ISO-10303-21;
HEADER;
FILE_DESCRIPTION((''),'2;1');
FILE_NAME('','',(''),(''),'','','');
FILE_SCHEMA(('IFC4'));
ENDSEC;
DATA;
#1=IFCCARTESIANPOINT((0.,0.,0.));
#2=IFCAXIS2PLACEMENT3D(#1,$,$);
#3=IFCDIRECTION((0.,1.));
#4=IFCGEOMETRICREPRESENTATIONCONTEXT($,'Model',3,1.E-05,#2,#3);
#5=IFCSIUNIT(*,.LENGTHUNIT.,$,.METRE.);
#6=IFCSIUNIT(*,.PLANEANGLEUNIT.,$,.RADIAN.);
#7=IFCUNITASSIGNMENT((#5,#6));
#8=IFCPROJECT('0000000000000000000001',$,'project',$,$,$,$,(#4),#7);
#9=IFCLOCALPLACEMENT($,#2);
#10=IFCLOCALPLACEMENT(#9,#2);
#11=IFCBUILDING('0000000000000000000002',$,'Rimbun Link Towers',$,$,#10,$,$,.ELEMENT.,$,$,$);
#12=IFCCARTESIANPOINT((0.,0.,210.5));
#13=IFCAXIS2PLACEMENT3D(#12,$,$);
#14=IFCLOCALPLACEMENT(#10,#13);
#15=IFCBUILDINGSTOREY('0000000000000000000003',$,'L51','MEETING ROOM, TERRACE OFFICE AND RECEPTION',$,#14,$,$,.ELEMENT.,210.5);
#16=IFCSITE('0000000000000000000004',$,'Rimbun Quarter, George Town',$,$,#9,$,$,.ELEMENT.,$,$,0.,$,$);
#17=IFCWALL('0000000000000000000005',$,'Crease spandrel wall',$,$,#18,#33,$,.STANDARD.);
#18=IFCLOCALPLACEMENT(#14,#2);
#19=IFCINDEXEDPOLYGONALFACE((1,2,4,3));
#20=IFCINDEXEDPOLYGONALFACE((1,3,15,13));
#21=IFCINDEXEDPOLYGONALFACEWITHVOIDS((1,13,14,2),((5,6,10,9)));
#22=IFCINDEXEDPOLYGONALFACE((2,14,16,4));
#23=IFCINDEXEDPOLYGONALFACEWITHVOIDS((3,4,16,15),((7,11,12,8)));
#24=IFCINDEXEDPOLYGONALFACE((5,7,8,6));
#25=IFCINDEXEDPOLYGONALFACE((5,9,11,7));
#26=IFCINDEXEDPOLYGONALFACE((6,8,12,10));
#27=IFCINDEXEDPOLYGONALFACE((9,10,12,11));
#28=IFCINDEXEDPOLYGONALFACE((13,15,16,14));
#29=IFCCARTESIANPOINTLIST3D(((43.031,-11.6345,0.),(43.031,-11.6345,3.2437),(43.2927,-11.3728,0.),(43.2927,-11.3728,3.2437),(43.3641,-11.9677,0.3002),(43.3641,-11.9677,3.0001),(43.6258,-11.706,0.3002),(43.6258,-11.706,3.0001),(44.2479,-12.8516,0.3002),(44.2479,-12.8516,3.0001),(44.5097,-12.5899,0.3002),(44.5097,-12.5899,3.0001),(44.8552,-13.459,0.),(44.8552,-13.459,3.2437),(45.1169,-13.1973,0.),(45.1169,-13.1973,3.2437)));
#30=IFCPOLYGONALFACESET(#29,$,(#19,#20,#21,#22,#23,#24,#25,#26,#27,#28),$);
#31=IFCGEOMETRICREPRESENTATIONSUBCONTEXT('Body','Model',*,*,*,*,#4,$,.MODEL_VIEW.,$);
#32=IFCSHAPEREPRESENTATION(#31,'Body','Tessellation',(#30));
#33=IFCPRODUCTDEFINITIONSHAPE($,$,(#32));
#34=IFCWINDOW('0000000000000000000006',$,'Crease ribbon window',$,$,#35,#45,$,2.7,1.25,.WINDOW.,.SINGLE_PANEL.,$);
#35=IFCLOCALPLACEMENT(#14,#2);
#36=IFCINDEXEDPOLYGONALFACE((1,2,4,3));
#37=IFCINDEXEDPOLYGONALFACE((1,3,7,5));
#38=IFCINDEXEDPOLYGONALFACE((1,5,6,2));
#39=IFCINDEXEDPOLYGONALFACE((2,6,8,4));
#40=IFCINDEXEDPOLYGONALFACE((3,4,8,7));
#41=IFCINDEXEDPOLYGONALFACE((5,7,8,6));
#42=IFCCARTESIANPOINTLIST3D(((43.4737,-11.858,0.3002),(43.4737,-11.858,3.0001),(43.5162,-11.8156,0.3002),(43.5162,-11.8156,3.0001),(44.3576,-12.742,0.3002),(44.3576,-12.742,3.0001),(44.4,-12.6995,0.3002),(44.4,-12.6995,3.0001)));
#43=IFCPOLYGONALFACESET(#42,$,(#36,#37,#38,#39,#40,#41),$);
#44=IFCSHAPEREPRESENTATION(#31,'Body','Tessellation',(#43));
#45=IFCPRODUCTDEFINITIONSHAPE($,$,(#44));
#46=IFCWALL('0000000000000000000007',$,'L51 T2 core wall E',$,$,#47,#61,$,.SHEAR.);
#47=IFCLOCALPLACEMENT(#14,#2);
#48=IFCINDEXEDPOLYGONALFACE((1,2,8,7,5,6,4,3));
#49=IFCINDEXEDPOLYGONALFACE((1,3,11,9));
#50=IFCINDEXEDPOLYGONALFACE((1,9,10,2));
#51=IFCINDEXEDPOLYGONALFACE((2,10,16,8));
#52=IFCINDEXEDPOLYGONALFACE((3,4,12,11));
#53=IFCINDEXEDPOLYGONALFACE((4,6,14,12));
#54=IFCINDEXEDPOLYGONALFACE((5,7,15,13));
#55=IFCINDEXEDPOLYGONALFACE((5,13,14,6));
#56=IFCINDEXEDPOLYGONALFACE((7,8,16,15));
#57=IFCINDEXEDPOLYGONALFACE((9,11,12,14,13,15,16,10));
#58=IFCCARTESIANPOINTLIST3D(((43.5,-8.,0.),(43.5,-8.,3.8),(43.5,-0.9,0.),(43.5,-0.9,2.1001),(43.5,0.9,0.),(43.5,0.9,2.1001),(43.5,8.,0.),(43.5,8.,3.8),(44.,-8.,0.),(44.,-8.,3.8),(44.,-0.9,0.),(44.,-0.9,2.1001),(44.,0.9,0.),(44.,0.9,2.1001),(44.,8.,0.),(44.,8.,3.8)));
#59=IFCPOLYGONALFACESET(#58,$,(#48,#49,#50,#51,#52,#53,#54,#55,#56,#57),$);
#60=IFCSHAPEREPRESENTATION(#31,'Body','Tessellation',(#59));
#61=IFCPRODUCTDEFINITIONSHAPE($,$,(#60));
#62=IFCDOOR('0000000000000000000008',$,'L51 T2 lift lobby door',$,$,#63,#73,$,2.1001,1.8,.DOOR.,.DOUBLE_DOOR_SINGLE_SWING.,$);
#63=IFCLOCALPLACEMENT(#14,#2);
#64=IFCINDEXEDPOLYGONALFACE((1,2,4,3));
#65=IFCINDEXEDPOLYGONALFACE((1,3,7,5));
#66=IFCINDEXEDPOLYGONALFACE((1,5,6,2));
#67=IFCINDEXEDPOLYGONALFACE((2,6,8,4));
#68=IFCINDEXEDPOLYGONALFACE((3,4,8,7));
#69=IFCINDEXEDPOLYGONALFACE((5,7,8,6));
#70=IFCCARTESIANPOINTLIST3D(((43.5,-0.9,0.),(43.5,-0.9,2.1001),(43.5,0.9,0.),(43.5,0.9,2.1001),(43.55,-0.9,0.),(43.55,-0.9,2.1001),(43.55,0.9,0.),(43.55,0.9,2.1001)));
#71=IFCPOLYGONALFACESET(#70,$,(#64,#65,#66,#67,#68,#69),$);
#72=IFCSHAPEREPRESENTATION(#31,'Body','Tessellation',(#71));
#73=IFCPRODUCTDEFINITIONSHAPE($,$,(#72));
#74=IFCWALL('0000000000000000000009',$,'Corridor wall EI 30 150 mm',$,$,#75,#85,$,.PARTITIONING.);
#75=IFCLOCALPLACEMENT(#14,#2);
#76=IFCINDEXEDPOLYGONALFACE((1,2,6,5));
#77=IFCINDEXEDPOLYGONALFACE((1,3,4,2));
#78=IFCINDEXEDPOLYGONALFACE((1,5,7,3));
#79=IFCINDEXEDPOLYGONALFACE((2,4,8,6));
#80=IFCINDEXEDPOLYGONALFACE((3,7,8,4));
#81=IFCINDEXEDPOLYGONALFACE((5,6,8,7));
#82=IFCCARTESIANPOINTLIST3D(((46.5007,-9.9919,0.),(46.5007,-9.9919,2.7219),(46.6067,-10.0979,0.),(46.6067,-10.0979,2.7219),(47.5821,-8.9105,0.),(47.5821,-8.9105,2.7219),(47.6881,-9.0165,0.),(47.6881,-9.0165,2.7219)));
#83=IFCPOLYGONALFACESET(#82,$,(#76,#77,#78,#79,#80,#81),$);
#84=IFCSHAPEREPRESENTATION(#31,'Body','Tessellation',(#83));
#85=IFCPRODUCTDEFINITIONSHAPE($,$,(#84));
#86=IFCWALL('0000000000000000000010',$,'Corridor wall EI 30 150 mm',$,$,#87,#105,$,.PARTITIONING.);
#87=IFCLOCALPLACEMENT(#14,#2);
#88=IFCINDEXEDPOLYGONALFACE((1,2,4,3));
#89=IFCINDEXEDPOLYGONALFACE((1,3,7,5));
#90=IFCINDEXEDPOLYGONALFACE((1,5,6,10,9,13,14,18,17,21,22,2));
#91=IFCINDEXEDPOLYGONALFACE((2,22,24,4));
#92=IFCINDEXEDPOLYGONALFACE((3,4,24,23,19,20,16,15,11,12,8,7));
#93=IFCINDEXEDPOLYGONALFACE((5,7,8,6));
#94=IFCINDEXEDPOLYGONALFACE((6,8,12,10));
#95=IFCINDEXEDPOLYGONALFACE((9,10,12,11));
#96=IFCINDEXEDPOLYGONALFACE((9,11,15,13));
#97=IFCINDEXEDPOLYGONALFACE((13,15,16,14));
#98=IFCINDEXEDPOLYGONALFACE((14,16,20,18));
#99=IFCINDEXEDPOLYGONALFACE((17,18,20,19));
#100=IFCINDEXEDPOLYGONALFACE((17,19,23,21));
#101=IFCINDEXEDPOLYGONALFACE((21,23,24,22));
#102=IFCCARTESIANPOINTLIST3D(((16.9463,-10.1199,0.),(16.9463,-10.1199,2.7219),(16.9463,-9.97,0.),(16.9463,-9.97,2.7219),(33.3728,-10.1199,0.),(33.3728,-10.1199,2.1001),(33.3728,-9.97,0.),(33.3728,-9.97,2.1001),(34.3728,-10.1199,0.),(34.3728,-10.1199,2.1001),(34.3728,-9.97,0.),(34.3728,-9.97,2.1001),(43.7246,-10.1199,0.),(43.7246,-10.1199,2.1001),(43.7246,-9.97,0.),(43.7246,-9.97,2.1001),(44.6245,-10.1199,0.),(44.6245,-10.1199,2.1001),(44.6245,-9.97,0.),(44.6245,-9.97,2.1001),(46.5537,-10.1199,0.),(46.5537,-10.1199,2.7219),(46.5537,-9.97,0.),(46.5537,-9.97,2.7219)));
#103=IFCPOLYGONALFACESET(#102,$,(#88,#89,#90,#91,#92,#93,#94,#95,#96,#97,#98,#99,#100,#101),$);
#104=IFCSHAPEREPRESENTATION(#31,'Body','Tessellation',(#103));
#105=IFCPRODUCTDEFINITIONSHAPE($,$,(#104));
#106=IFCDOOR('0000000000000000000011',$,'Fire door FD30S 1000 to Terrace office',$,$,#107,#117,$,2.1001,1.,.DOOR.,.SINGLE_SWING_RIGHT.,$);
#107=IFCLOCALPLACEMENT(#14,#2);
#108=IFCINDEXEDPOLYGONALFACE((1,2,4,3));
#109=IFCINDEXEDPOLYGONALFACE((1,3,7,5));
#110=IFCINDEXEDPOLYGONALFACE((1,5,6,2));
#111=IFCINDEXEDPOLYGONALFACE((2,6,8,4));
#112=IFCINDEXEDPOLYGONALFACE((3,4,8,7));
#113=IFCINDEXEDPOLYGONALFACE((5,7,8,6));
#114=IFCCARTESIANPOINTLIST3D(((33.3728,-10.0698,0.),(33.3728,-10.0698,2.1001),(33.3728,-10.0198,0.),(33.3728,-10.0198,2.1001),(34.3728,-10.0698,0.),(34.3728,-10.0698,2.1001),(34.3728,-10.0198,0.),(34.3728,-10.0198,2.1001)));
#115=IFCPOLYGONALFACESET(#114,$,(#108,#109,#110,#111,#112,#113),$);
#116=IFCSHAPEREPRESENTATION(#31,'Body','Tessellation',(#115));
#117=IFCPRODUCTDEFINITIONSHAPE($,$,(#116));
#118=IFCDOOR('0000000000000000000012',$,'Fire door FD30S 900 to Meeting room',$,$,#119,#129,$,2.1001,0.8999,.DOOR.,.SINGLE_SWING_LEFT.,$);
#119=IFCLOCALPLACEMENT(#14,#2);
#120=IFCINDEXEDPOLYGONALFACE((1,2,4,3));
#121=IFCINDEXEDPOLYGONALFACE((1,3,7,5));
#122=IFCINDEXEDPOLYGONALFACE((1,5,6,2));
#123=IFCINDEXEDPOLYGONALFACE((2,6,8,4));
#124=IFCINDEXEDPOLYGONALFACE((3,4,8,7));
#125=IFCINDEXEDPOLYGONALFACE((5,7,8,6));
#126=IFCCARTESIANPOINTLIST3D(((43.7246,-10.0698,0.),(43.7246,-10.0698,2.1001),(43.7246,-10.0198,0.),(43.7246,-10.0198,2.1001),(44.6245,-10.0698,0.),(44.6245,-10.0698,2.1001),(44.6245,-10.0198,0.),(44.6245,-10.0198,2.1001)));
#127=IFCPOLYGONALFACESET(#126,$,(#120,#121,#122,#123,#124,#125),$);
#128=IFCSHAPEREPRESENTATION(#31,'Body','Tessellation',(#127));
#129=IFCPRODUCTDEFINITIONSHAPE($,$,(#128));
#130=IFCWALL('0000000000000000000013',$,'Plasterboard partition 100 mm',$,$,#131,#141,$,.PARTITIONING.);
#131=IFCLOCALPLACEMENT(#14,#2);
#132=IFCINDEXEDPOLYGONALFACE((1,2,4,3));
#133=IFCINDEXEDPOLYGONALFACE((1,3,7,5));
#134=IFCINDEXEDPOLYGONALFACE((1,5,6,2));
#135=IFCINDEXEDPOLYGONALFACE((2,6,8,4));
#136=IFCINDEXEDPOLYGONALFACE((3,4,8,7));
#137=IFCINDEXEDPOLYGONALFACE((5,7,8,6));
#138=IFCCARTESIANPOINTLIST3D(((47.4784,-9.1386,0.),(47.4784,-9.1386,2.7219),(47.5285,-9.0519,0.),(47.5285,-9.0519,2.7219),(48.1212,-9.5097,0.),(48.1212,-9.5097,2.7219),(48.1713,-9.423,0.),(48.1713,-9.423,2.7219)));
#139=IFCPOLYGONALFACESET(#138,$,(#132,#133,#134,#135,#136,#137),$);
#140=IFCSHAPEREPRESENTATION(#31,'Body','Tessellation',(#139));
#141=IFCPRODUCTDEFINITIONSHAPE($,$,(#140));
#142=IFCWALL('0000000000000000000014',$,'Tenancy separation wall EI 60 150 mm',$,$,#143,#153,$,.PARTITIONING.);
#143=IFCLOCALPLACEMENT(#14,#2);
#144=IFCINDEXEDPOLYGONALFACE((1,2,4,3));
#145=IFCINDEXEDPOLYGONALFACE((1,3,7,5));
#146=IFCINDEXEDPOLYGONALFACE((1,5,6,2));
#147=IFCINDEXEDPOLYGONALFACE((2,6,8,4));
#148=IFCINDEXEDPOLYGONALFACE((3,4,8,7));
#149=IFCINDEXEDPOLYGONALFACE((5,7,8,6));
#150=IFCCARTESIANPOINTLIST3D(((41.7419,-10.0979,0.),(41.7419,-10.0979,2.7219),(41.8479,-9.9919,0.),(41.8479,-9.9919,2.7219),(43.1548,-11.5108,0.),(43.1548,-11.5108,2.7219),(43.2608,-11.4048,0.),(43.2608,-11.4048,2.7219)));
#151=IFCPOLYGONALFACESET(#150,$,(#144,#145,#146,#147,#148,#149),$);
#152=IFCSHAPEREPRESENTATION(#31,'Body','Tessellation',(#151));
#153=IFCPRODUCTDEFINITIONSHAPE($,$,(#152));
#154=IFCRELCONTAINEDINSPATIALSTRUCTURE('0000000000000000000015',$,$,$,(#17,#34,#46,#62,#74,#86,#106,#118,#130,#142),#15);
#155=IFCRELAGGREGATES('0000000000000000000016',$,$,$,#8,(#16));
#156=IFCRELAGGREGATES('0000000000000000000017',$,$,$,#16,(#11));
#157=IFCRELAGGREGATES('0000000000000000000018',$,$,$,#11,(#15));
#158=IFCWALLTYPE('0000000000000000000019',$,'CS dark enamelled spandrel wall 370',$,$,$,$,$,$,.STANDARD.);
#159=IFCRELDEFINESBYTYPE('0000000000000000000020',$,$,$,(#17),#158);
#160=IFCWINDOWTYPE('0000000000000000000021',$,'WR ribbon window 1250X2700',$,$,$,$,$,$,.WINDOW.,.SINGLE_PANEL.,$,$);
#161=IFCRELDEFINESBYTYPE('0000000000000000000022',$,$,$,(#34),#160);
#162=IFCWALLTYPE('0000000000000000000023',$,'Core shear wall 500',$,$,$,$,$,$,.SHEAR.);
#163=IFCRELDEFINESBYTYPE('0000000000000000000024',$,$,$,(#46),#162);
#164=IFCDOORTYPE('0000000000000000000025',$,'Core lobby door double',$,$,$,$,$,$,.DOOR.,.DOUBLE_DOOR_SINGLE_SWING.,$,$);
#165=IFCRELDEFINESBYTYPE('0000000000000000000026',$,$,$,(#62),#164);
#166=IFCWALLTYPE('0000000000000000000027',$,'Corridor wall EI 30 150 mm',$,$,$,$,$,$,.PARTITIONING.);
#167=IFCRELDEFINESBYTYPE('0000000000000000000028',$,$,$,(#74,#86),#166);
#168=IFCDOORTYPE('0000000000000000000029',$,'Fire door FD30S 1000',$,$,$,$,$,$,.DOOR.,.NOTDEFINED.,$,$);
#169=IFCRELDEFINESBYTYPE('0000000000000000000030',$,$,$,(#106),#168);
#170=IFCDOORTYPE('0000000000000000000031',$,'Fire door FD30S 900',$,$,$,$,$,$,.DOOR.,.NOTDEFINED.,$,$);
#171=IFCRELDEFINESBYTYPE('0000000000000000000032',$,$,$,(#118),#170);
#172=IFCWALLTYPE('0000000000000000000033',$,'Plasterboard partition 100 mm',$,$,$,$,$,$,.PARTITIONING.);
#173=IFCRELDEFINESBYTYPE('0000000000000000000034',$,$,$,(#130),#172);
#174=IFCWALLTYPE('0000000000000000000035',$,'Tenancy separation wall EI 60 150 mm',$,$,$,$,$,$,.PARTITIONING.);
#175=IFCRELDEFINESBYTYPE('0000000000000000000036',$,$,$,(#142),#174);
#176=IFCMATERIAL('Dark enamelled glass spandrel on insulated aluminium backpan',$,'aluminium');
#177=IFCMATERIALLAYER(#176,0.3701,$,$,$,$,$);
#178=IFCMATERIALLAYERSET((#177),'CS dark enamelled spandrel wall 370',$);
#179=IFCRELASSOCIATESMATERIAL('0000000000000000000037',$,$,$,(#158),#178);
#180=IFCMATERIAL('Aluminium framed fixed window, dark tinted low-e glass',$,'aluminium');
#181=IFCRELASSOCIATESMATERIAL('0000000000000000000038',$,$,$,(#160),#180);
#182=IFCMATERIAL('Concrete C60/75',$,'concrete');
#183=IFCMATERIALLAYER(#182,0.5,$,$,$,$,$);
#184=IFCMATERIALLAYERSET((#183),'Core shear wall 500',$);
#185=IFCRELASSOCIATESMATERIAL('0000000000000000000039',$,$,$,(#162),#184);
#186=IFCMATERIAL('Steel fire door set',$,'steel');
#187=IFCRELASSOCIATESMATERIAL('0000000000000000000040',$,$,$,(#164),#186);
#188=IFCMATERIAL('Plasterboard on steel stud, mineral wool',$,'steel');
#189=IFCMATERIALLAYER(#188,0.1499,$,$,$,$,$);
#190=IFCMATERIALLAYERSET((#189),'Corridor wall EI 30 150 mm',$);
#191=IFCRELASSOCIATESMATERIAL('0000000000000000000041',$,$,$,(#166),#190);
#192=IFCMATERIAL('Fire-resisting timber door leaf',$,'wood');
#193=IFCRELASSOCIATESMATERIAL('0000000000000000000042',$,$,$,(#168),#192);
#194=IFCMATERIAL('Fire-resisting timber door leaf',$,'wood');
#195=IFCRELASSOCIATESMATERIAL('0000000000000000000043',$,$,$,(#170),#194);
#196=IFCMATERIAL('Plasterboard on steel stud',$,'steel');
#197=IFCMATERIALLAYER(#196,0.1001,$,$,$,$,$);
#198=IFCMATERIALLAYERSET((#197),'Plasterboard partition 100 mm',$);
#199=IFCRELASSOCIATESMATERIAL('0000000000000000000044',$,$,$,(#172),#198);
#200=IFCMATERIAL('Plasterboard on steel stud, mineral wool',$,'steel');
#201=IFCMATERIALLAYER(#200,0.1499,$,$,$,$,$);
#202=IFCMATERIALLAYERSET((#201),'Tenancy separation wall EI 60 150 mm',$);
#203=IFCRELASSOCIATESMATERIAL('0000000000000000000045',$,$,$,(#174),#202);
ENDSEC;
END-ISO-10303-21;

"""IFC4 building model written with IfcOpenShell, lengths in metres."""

from ifc_helpers import new_model, si_unit, direction, frame, frame_2d, origin, place, context, subcontext, project, spatial, rectangle, extrude, material, layer, layer_set, type_object, element, fill, save


model = new_model("IFC4")

# Units and contexts
model_context = context("Model", 3, precision=1e-05, world=origin(), true_north=direction((0.0, 1.0)))
body_context = subcontext(model_context, "Body", "Model", "MODEL_VIEW")
ifc_project = project(units=[si_unit("LENGTHUNIT", "METRE"), si_unit("PLANEANGLEUNIT", "RADIAN")], contexts=[model_context])

# Site, building, storey
site_placement = place(None, origin())
site = spatial("IfcSite", under=ifc_project, at=site_placement, Name="Rimbun Quarter, George Town", CompositionType="ELEMENT", RefElevation=0.0)
building_placement = place(site_placement, origin())
building = spatial("IfcBuilding", under=site, at=building_placement, Name="Rimbun Link Towers", CompositionType="ELEMENT")
storey_placement = place(building_placement, frame((0.0, 0.0, 210.5)))
storey = spatial("IfcBuildingStorey", under=building, at=storey_placement, Name="L51", Description="MEETING ROOM, TERRACE OFFICE AND RECEPTION", CompositionType="ELEMENT", Elevation=210.5)

# Wall, opening, window
ifc_material_1 = material(Name="Dark enamelled glass spandrel on insulated aluminium backpan", Category="aluminium")
ifc_layer_1 = layer(ifc_material_1, 0.3701)
ifc_layer_set_1 = layer_set([ifc_layer_1], Name="CS dark enamelled spandrel wall 370")
wall_type_1 = type_object("IfcWallType", Name="CS dark enamelled spandrel wall 370", PredefinedType="STANDARD", material=ifc_layer_set_1)
wall_1_placement = place(storey_placement, frame((44.9861, -13.3281, 0.0), z_axis=(0.0, 0.0, 1.0), x_axis=(-0.707059, 0.707154, 0.0)))
wall_1 = element("IfcWall", 1, at=wall_1_placement, inside=storey, type_object=wall_type_1, Name="Crease spandrel wall", PredefinedType="STANDARD", context=body_context, shape_type="SweptSolid", body=[
    extrude(rectangle(XDim=2.5801, YDim=0.3701, at=frame_2d((1.29, 0.0))), origin(), (0.0, 0.0, 1.0), 3.2437),
])
opening_1_placement = place(wall_1_placement, frame((0.8589, 0.0, 0.3)))
opening_1 = element("IfcOpeningElement", 2, at=opening_1_placement, cuts=wall_1, PredefinedType="OPENING", context=body_context, shape_type="SweptSolid", body=[
    extrude(rectangle(XDim=1.25, YDim=2.7, at=frame_2d((0.625, 1.3501))), frame((0.0, 0.1951, 0.0), z_axis=(0.0, -1.0, 0.0), x_axis=(1.0, 0.0, 0.0)), (0.0, 0.0, 1.0), 0.3901),
])
ifc_material_2 = material(Name="Aluminium framed fixed window, dark tinted low-e glass", Category="aluminium")
window_type_1 = type_object("IfcWindowType", Name="WR ribbon window 1250X2700", PartitioningType="SINGLE_PANEL", PredefinedType="WINDOW", material=ifc_material_2)
window_1_placement = place(opening_1_placement, origin())
window_1 = element("IfcWindow", 3, at=window_1_placement, inside=storey, type_object=window_type_1, Name="Crease ribbon window", OverallHeight=2.7, OverallWidth=1.25, PartitioningType="SINGLE_PANEL", PredefinedType="WINDOW", context=body_context, shape_type="SweptSolid", body=[
    extrude(rectangle(XDim=1.25, YDim=2.7, at=frame_2d((0.625, 1.3501))), frame((0.0, 0.03, 0.0), z_axis=(0.0, -1.0, 0.0), x_axis=(1.0, 0.0, 0.0)), (0.0, 0.0, 1.0), 0.0601),
])
fill(opening_1, window_1)

# Wall, opening, door
ifc_material_3 = material(Name="Concrete C60/75", Category="concrete")
ifc_layer_2 = layer(ifc_material_3, 0.5)
ifc_layer_set_2 = layer_set([ifc_layer_2], Name="Core shear wall 500")
wall_type_2 = type_object("IfcWallType", Name="Core shear wall 500", PredefinedType="SHEAR", material=ifc_layer_set_2)
wall_2_placement = place(storey_placement, frame((43.75, -8.0, 0.0), z_axis=(0.0, 0.0, 1.0), x_axis=(0.0, 1.0, 0.0)))
wall_2 = element("IfcWall", 4, at=wall_2_placement, inside=storey, type_object=wall_type_2, Name="L51 T2 core wall E", PredefinedType="SHEAR", context=body_context, shape_type="SweptSolid", body=[
    extrude(rectangle(XDim=16.0, YDim=0.5, at=frame_2d((8.0, 0.0))), origin(), (0.0, 0.0, 1.0), 3.8),
])
opening_2_placement = place(wall_2_placement, frame((7.1001, 0.0, 0.0)))
opening_2 = element("IfcOpeningElement", 5, at=opening_2_placement, cuts=wall_2, PredefinedType="OPENING", context=body_context, shape_type="SweptSolid", body=[
    extrude(rectangle(XDim=1.8, YDim=2.1001, at=frame_2d((0.8999, 1.05))), frame((0.0, 0.26, 0.0), z_axis=(0.0, -1.0, 0.0), x_axis=(1.0, 0.0, 0.0)), (0.0, 0.0, 1.0), 0.52),
])
ifc_material_4 = material(Name="Steel fire door set", Category="steel")
door_type_1 = type_object("IfcDoorType", Name="Core lobby door double", OperationType="DOUBLE_DOOR_SINGLE_SWING", PredefinedType="DOOR", material=ifc_material_4)
door_1_placement = place(opening_2_placement, origin())
door_1 = element("IfcDoor", 6, at=door_1_placement, inside=storey, type_object=door_type_1, Name="L51 T2 lift lobby door", OperationType="DOUBLE_DOOR_SINGLE_SWING", OverallHeight=2.1001, OverallWidth=1.8, PredefinedType="DOOR", context=body_context, shape_type="SweptSolid", body=[
    extrude(rectangle(XDim=1.8, YDim=2.1001, at=frame_2d((0.8999, 1.05))), frame((0.0, 0.25, 0.0), z_axis=(0.0, -1.0, 0.0), x_axis=(1.0, 0.0, 0.0)), (0.0, 0.0, 1.0), 0.05),
])
fill(opening_2, door_1)

# Wall
ifc_material_5 = material(Name="Plasterboard on steel stud, mineral wool", Category="steel")
ifc_layer_3 = layer(ifc_material_5, 0.1499)
ifc_layer_set_3 = layer_set([ifc_layer_3], Name="Corridor wall EI 30 150 mm")
wall_type_3 = type_object("IfcWallType", Name="Corridor wall EI 30 150 mm", PredefinedType="PARTITIONING", material=ifc_layer_set_3)
wall_3_placement = place(storey_placement, frame((46.5537, -10.0449, 0.0), z_axis=(0.0, 0.0, 1.0), x_axis=(0.707107, 0.707107, 0.0)))
element("IfcWall", 7, at=wall_3_placement, inside=storey, type_object=wall_type_3, Name="Corridor wall EI 30 150 mm", PredefinedType="PARTITIONING", context=body_context, shape_type="SweptSolid", body=[
    extrude(rectangle(XDim=1.5293, YDim=0.1499, at=frame_2d((0.7646, 0.0))), origin(), (0.0, 0.0, 1.0), 2.7219),
])

# Wall, openings, doors
wall_4_placement = place(storey_placement, frame((46.5537, -10.0449, 0.0), z_axis=(0.0, 0.0, 1.0), x_axis=(-1.0, 0.0, 0.0)))
wall_4 = element("IfcWall", 8, at=wall_4_placement, inside=storey, type_object=wall_type_3, Name="Corridor wall EI 30 150 mm", PredefinedType="PARTITIONING", context=body_context, shape_type="SweptSolid", body=[
    extrude(rectangle(XDim=29.6074, YDim=0.1499, at=frame_2d((14.8037, 0.0))), origin(), (0.0, 0.0, 1.0), 2.7219),
])
opening_3_placement = place(wall_4_placement, frame((1.9292, 0.0, 0.0)))
opening_3 = element("IfcOpeningElement", 9, at=opening_3_placement, cuts=wall_4, PredefinedType="OPENING", context=body_context, shape_type="SweptSolid", body=[
    extrude(rectangle(XDim=0.8999, YDim=2.1001, at=frame_2d((0.45, 1.05))), frame((0.0, 0.085, 0.0), z_axis=(0.0, -1.0, 0.0), x_axis=(1.0, 0.0, 0.0)), (0.0, 0.0, 1.0), 0.1699),
])
opening_4_placement = place(wall_4_placement, frame((12.1809, 0.0, 0.0)))
opening_4 = element("IfcOpeningElement", 10, at=opening_4_placement, cuts=wall_4, PredefinedType="OPENING", context=body_context, shape_type="SweptSolid", body=[
    extrude(rectangle(XDim=1.0, YDim=2.1001, at=frame_2d((0.5, 1.05))), frame((0.0, 0.085, 0.0), z_axis=(0.0, -1.0, 0.0), x_axis=(1.0, 0.0, 0.0)), (0.0, 0.0, 1.0), 0.1699),
])
ifc_material_6 = material(Name="Fire-resisting timber door leaf", Category="wood")
door_type_2 = type_object("IfcDoorType", Name="Fire door FD30S 1000", OperationType="NOTDEFINED", PredefinedType="DOOR", material=ifc_material_6)
door_2_placement = place(opening_4_placement, origin())
door_2 = element("IfcDoor", 11, at=door_2_placement, inside=storey, type_object=door_type_2, Name="Fire door FD30S 1000 to Terrace office", OperationType="SINGLE_SWING_RIGHT", OverallHeight=2.1001, OverallWidth=1.0, PredefinedType="DOOR", context=body_context, shape_type="SweptSolid", body=[
    extrude(rectangle(XDim=1.0, YDim=2.1001, at=frame_2d((0.5, 1.05))), frame((0.0, 0.0249, 0.0), z_axis=(0.0, -1.0, 0.0), x_axis=(1.0, 0.0, 0.0)), (0.0, 0.0, 1.0), 0.05),
])
fill(opening_4, door_2)
ifc_material_7 = material(Name="Fire-resisting timber door leaf", Category="wood")
door_type_3 = type_object("IfcDoorType", Name="Fire door FD30S 900", OperationType="NOTDEFINED", PredefinedType="DOOR", material=ifc_material_7)
door_3_placement = place(opening_3_placement, origin())
door_3 = element("IfcDoor", 12, at=door_3_placement, inside=storey, type_object=door_type_3, Name="Fire door FD30S 900 to Meeting room", OperationType="SINGLE_SWING_LEFT", OverallHeight=2.1001, OverallWidth=0.8999, PredefinedType="DOOR", context=body_context, shape_type="SweptSolid", body=[
    extrude(rectangle(XDim=0.8999, YDim=2.1001, at=frame_2d((0.45, 1.05))), frame((0.0, 0.0249, 0.0), z_axis=(0.0, -1.0, 0.0), x_axis=(1.0, 0.0, 0.0)), (0.0, 0.0, 1.0), 0.05),
])
fill(opening_3, door_3)

# Walls
ifc_material_8 = material(Name="Plasterboard on steel stud", Category="steel")
ifc_layer_4 = layer(ifc_material_8, 0.1001)
ifc_layer_set_4 = layer_set([ifc_layer_4], Name="Plasterboard partition 100 mm")
wall_type_4 = type_object("IfcWallType", Name="Plasterboard partition 100 mm", PredefinedType="PARTITIONING", material=ifc_layer_set_4)
wall_5_placement = place(storey_placement, frame((48.1462, -9.4663, 0.0), z_axis=(0.0, 0.0, 1.0), x_axis=(-0.866049, 0.49996, 0.0)))
element("IfcWall", 13, at=wall_5_placement, inside=storey, type_object=wall_type_4, Name="Plasterboard partition 100 mm", PredefinedType="PARTITIONING", context=body_context, shape_type="SweptSolid", body=[
    extrude(rectangle(XDim=0.7422, YDim=0.1001, at=frame_2d((0.3711, 0.0))), origin(), (0.0, 0.0, 1.0), 2.7219),
])
ifc_material_9 = material(Name="Plasterboard on steel stud, mineral wool", Category="steel")
ifc_layer_5 = layer(ifc_material_9, 0.1499)
ifc_layer_set_5 = layer_set([ifc_layer_5], Name="Tenancy separation wall EI 60 150 mm")
wall_type_5 = type_object("IfcWallType", Name="Tenancy separation wall EI 60 150 mm", PredefinedType="PARTITIONING", material=ifc_layer_set_5)
wall_6_placement = place(storey_placement, frame((41.7949, -10.0449, 0.0), z_axis=(0.0, 0.0, 1.0), x_axis=(0.707107, -0.707107, 0.0)))
element("IfcWall", 14, at=wall_6_placement, inside=storey, type_object=wall_type_5, Name="Tenancy separation wall EI 60 150 mm", PredefinedType="PARTITIONING", context=body_context, shape_type="SweptSolid", body=[
    extrude(rectangle(XDim=1.998, YDim=0.1499, at=frame_2d((0.999, 0.0))), origin(), (0.0, 0.0, 1.0), 2.7219),
])

save(model, "model.ifc")
